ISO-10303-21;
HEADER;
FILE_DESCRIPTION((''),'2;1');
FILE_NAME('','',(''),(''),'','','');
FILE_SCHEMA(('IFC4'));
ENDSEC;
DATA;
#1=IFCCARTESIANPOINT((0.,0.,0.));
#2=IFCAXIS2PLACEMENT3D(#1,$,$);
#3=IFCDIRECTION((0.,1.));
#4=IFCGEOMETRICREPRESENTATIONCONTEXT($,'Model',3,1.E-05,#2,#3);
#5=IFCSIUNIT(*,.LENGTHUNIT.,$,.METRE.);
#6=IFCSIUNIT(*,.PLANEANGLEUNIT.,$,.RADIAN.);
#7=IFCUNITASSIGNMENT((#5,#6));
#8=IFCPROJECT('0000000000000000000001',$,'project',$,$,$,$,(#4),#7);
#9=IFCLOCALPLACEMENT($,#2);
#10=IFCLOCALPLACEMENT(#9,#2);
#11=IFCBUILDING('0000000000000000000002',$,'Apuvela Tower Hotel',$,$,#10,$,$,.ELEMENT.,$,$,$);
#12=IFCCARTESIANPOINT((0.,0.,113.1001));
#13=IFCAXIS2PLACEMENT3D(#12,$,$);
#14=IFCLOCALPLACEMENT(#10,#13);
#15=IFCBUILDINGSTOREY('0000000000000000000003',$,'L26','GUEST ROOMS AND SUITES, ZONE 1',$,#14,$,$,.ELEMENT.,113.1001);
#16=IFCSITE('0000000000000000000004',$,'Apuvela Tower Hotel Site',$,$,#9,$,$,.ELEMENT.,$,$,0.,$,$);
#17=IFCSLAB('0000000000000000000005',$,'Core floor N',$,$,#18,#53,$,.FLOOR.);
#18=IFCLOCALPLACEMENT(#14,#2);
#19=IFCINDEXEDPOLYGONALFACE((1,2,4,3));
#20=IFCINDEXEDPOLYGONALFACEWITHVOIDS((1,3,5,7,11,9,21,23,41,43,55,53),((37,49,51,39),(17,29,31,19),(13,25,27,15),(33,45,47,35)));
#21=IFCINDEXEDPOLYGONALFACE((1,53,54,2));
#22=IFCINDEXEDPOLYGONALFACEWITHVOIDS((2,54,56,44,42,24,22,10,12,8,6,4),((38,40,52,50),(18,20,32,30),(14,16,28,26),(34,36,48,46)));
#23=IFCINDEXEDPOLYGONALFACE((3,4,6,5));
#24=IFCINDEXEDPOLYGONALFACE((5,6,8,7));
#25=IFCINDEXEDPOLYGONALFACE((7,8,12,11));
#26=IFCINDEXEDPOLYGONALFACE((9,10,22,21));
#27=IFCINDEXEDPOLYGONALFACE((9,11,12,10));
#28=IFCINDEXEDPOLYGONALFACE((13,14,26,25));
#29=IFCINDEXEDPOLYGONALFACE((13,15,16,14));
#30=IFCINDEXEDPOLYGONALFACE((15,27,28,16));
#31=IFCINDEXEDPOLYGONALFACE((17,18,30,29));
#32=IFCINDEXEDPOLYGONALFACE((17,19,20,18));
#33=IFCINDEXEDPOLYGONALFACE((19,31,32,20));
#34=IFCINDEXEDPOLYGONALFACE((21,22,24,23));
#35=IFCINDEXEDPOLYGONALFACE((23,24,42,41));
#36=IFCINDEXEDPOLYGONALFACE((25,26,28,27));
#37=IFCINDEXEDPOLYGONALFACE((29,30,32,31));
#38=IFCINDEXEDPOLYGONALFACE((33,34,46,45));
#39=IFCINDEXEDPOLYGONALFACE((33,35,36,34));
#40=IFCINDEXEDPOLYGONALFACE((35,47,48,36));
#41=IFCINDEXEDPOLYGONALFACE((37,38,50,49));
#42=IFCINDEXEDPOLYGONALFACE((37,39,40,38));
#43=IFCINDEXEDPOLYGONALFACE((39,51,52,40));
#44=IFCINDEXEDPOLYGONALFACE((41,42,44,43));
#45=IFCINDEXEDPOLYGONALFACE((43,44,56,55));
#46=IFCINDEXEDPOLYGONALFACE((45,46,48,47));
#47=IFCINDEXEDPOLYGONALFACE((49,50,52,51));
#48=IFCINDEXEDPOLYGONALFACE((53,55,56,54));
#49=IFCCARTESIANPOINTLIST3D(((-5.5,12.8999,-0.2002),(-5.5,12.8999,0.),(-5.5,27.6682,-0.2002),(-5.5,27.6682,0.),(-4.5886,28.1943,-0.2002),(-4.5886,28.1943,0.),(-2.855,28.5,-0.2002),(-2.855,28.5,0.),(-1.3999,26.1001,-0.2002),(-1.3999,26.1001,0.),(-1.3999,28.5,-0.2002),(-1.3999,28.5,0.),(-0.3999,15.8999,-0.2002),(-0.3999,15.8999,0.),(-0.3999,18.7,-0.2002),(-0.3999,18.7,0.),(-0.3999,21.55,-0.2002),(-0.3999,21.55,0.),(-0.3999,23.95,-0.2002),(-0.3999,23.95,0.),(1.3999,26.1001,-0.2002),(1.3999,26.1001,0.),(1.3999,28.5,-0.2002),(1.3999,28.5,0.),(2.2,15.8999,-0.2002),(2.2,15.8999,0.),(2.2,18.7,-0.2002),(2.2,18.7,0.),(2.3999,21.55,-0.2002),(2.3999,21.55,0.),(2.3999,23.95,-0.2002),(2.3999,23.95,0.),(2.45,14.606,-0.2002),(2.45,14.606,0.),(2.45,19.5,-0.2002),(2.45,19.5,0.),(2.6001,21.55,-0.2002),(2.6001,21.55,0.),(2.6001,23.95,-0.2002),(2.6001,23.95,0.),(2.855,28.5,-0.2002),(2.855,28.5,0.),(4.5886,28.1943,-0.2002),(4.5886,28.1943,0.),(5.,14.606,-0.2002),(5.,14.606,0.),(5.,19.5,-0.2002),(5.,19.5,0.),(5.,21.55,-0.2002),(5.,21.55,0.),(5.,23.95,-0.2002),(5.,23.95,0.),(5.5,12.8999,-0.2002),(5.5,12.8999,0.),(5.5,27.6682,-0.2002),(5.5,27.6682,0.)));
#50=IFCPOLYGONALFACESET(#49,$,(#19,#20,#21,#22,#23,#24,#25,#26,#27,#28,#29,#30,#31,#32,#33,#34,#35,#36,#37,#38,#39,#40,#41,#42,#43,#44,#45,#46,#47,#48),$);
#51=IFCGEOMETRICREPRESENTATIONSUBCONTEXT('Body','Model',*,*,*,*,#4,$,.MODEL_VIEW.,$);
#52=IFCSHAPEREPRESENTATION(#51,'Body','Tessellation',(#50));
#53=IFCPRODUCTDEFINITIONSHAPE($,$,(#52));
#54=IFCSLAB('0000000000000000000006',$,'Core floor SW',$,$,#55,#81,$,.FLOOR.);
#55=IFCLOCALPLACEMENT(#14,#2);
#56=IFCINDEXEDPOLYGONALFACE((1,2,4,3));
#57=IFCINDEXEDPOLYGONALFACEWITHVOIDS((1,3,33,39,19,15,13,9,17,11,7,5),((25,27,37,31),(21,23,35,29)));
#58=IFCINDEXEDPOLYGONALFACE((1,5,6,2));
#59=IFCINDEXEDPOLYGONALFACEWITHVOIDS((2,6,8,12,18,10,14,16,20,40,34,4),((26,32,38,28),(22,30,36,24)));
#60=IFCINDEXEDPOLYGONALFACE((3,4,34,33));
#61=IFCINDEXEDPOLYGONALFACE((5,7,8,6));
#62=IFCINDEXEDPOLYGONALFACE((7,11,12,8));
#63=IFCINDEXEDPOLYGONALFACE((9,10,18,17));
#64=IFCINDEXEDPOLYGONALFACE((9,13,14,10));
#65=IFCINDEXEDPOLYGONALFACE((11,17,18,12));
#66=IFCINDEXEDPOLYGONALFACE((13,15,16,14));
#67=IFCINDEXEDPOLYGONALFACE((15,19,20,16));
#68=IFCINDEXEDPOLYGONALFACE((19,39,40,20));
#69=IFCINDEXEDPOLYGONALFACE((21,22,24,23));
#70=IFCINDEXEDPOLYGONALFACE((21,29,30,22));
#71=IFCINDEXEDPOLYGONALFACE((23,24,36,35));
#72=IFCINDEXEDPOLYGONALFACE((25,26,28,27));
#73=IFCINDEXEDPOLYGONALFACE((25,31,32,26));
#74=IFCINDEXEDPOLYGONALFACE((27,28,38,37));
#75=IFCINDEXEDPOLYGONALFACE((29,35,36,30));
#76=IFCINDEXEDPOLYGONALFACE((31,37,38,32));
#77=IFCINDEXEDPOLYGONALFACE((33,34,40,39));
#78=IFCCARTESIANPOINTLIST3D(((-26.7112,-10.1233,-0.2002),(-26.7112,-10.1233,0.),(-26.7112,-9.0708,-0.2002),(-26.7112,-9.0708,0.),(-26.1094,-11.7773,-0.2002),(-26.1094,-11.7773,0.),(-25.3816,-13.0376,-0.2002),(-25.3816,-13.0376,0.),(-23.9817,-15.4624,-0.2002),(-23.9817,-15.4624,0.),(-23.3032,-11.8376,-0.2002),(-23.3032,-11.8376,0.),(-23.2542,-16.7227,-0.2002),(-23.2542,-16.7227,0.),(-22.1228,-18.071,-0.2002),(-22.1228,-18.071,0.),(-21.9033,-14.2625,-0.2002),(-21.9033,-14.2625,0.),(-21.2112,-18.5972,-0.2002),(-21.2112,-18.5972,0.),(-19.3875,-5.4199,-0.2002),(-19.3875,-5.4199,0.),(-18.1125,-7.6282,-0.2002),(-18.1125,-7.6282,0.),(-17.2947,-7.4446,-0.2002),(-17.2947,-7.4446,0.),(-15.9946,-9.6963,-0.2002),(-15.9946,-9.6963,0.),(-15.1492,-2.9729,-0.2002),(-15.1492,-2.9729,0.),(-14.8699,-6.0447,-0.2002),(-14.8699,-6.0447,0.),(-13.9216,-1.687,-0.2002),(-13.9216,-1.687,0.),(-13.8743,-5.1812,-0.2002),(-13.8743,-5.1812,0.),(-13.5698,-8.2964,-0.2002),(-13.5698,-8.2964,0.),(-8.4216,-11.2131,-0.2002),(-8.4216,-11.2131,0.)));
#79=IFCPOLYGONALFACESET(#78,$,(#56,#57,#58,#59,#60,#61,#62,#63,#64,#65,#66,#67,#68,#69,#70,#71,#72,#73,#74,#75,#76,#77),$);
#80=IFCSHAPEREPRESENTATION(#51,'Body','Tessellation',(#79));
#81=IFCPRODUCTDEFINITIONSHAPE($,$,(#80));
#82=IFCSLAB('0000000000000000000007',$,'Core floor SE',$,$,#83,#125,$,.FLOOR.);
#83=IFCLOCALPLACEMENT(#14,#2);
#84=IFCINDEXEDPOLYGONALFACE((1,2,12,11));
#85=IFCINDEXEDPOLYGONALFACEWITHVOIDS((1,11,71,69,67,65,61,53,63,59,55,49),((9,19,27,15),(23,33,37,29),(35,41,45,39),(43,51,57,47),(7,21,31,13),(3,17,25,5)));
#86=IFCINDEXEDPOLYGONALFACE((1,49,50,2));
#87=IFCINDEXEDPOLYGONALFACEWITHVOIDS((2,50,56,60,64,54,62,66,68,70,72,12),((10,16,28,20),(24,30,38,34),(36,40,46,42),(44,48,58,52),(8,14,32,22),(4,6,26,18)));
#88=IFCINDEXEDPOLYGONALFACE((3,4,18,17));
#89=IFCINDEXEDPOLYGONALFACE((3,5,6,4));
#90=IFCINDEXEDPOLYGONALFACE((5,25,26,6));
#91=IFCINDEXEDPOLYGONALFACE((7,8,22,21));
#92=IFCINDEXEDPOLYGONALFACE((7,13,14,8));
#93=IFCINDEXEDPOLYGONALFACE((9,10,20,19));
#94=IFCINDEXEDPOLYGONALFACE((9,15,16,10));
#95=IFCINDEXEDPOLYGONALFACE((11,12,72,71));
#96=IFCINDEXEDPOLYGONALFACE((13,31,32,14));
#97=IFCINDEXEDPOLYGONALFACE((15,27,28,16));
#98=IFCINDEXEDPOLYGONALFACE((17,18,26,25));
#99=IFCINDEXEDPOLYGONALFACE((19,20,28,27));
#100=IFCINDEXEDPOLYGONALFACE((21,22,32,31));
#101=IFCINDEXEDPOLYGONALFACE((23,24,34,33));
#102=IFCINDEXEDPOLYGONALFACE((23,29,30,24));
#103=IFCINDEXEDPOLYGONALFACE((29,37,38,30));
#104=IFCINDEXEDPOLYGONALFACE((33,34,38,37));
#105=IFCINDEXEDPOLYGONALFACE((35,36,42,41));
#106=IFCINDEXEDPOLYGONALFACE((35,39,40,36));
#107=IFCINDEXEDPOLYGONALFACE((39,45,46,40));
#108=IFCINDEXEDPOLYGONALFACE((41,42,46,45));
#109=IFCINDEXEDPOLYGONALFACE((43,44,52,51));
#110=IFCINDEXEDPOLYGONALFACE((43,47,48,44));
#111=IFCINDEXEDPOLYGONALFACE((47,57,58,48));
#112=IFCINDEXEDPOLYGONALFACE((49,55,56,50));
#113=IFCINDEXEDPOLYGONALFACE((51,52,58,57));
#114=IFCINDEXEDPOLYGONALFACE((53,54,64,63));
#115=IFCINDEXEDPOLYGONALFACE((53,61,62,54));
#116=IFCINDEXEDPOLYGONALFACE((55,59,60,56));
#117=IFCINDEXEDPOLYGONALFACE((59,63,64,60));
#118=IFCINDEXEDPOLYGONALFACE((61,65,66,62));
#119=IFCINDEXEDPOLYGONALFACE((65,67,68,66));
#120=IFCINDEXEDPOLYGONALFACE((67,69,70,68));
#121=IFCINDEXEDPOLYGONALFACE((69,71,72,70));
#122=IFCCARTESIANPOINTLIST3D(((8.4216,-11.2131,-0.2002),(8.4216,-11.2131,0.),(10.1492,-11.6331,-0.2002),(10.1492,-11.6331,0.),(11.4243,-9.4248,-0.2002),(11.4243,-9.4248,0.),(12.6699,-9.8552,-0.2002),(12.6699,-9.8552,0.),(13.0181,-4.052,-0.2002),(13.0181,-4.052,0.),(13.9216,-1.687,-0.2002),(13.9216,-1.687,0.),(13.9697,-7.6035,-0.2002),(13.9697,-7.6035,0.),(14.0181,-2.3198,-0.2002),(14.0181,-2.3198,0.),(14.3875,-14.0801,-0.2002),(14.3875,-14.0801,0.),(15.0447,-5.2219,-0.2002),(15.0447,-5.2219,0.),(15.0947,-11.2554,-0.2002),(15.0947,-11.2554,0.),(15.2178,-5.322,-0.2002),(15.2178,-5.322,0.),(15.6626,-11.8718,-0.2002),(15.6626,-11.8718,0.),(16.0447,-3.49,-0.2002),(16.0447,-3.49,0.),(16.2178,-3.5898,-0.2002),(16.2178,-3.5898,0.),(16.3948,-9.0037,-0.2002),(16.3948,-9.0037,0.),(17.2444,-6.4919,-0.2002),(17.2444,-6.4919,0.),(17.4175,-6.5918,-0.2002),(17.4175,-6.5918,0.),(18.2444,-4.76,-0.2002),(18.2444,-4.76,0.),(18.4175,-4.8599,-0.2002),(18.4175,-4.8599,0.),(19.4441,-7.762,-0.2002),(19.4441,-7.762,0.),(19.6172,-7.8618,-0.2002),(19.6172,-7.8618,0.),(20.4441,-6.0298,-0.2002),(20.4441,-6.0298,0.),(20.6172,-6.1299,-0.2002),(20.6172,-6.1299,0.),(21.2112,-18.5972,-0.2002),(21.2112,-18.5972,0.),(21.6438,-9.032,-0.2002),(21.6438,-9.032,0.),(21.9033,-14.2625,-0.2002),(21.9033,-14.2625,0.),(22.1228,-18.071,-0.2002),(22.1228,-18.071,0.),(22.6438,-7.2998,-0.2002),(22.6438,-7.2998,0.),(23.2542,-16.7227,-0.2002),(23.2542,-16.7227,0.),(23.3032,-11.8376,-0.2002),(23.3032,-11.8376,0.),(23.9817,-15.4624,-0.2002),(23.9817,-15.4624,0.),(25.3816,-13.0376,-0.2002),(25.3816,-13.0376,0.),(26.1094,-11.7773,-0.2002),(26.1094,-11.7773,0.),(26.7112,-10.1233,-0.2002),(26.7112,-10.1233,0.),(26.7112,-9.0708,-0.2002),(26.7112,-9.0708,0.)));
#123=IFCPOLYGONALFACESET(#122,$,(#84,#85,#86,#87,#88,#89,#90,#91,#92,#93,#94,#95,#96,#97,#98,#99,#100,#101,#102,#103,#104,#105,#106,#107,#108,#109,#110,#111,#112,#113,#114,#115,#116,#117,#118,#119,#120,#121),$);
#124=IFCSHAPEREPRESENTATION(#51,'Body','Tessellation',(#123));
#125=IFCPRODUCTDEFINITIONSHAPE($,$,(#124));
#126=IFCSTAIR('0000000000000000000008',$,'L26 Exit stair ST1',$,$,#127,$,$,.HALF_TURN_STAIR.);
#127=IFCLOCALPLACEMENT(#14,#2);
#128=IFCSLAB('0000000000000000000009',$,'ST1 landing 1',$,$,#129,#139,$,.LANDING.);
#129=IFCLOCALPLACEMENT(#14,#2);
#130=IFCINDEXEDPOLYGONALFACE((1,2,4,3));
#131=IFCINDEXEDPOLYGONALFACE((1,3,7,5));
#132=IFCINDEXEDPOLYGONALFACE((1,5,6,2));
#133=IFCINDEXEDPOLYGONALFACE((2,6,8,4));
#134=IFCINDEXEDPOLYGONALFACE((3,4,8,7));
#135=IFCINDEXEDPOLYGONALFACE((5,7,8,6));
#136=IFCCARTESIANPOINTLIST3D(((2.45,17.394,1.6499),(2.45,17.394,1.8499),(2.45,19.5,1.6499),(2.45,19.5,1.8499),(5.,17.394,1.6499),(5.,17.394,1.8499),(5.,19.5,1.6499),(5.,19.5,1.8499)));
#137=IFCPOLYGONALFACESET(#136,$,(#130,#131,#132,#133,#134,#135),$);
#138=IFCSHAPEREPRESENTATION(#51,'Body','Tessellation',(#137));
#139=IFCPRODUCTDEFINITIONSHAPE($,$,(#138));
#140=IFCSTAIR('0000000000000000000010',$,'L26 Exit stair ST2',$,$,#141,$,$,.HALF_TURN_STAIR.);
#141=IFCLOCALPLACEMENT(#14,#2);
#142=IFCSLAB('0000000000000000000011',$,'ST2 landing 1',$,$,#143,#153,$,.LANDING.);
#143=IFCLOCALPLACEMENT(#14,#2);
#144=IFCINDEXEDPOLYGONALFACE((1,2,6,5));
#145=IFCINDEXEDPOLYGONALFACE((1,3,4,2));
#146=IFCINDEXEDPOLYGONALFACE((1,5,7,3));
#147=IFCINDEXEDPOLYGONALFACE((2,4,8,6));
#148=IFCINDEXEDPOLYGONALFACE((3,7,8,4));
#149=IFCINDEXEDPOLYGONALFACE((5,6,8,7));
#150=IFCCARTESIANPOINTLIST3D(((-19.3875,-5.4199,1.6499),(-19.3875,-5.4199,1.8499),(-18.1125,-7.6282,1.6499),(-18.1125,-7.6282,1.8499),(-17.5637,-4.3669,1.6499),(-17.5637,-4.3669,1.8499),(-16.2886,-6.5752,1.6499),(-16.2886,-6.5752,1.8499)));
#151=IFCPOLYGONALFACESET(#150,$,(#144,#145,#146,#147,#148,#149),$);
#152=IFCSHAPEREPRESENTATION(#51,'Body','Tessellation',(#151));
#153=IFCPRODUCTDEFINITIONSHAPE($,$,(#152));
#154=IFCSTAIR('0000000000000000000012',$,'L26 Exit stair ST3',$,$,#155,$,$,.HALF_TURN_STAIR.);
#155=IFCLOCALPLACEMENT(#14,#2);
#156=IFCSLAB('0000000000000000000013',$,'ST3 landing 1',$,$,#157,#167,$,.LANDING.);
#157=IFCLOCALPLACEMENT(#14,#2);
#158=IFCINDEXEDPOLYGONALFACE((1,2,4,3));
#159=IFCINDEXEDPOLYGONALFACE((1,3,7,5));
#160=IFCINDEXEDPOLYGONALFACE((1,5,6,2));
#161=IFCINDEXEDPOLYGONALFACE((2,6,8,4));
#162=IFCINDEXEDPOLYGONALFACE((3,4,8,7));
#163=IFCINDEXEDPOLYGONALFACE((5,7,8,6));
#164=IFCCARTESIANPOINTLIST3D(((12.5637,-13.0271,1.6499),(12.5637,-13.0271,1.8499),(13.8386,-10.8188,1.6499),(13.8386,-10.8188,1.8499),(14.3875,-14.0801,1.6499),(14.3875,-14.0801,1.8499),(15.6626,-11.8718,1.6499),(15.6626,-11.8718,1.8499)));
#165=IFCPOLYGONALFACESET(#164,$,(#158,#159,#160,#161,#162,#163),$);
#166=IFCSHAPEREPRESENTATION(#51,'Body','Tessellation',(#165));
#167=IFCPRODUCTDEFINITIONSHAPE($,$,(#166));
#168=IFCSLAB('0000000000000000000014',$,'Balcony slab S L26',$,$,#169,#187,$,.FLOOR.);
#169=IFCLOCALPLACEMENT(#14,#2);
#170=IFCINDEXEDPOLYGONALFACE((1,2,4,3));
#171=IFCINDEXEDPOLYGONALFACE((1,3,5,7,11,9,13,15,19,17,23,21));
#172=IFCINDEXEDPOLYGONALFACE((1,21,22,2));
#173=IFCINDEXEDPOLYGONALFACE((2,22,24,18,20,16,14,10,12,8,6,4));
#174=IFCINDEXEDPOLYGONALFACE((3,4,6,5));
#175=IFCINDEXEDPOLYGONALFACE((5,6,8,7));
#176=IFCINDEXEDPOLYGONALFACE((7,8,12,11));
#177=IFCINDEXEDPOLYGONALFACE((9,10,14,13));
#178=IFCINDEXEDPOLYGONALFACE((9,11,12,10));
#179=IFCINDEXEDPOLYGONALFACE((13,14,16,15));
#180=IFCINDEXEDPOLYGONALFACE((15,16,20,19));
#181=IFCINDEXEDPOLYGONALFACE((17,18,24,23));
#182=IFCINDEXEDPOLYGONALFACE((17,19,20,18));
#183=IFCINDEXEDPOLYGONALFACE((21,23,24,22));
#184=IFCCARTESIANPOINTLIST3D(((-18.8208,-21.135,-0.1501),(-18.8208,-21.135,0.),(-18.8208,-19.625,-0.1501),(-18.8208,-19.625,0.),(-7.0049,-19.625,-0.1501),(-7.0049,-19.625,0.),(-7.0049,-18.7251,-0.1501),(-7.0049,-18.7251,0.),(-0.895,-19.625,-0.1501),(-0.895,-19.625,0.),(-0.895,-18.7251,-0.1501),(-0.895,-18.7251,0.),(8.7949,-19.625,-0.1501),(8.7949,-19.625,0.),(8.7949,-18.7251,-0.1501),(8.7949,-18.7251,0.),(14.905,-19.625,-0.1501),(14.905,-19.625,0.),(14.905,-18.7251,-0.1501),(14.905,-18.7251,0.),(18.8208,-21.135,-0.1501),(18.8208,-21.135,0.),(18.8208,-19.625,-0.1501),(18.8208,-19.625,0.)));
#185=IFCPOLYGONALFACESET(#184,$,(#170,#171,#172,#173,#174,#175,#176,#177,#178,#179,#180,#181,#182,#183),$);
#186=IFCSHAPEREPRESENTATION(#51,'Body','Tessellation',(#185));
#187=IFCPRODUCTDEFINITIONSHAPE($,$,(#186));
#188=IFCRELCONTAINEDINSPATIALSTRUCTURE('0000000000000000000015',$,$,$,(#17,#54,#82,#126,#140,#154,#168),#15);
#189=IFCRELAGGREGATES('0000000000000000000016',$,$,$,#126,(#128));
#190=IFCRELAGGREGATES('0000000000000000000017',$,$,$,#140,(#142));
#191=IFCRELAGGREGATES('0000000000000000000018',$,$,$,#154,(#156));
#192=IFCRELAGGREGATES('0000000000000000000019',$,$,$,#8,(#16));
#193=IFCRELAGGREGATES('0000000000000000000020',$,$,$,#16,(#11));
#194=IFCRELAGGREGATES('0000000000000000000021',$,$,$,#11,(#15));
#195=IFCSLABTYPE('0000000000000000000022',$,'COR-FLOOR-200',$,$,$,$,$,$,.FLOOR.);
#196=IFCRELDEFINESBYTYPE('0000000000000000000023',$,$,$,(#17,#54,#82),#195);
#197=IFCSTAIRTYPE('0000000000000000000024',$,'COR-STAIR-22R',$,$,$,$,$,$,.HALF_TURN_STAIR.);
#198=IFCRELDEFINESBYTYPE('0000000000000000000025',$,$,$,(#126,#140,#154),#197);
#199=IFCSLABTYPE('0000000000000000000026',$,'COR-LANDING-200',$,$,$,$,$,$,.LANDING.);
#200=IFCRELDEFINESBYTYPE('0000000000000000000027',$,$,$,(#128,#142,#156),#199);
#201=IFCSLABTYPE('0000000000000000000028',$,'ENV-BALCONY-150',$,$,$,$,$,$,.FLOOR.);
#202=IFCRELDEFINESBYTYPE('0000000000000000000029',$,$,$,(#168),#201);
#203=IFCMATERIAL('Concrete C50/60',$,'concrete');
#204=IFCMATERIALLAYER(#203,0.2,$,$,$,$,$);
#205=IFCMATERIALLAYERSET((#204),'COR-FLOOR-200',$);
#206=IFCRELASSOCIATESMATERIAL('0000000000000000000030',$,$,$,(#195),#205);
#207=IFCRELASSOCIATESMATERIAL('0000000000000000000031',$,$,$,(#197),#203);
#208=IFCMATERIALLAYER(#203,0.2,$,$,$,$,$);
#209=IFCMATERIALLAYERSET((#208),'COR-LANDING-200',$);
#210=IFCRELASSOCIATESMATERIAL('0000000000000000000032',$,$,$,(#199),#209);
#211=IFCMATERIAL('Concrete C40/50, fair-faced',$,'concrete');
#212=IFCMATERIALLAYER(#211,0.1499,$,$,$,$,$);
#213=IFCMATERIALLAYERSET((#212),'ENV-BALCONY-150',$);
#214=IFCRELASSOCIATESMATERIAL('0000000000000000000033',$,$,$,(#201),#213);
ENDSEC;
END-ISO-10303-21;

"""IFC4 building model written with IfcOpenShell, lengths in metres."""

from ifc_helpers import new_model, si_unit, direction, frame, origin, place, context, subcontext, project, spatial, polyline, outline, extrude, material, layer, layer_set, type_object, element, aggregate, save


model = new_model("IFC4")

# Units and contexts
model_context = context("Model", 3, precision=1e-05, world=origin(), true_north=direction((0.0, 1.0)))
body_context = subcontext(model_context, "Body", "Model", "MODEL_VIEW")
ifc_project = project(units=[si_unit("LENGTHUNIT", "METRE"), si_unit("PLANEANGLEUNIT", "RADIAN")], contexts=[model_context])

# Site, building, storey
site_placement = place(None, origin())
site = spatial("IfcSite", under=ifc_project, at=site_placement, Name="Apuvela Tower Hotel Site", CompositionType="ELEMENT", RefElevation=0.0)
building_placement = place(site_placement, origin())
building = spatial("IfcBuilding", under=site, at=building_placement, Name="Apuvela Tower Hotel", CompositionType="ELEMENT")
storey_placement = place(building_placement, frame((0.0, 0.0, 113.1001)))
storey = spatial("IfcBuildingStorey", under=building, at=storey_placement, Name="L26", Description="GUEST ROOMS AND SUITES, ZONE 1", CompositionType="ELEMENT", Elevation=113.1001)

# Slabs
ifc_material_1 = material(Name="Concrete C50/60", Category="concrete")
ifc_layer_1 = layer(ifc_material_1, 0.2)
ifc_layer_set_1 = layer_set([ifc_layer_1], Name="COR-FLOOR-200")
slab_type_1 = type_object("IfcSlabType", Name="COR-FLOOR-200", PredefinedType="FLOOR", material=ifc_layer_set_1)
slab_1_placement = place(storey_placement, frame((0.0, 0.0, -0.2002)))
element("IfcSlab", 1, at=slab_1_placement, inside=storey, type_object=slab_type_1, Name="Core floor N", PredefinedType="FLOOR", context=body_context, shape_type="SweptSolid", body=[
    extrude(outline(polyline([(5.5, 27.6682), (4.5886, 28.1943), (2.855, 28.5), (1.3999, 28.5), (1.3999, 26.1001), (-1.3999, 26.1001), (-1.3999, 28.5), (-2.855, 28.5), (-4.5886, 28.1943), (-5.5, 27.6682), (-5.5, 12.8999), (5.5, 12.8999), (5.5, 27.6682)]), holes=[polyline([(5.0, 14.606), (2.45, 14.606), (2.45, 19.5), (5.0, 19.5), (5.0, 14.606)]), polyline([(2.2, 15.8999), (-0.3999, 15.8999), (-0.3999, 18.7), (2.2, 18.7), (2.2, 15.8999)]), polyline([(5.0, 21.55), (2.6001, 21.55), (2.6001, 23.95), (5.0, 23.95), (5.0, 21.55)]), polyline([(2.3999, 21.55), (-0.3999, 21.55), (-0.3999, 23.95), (2.3999, 23.95), (2.3999, 21.55)])]), origin(), (0.0, 0.0, 1.0), 0.2002),
])
slab_2_placement = place(storey_placement, frame((0.0, 0.0, -0.2002)))
element("IfcSlab", 2, at=slab_2_placement, inside=storey, type_object=slab_type_1, Name="Core floor SW", PredefinedType="FLOOR", context=body_context, shape_type="SweptSolid", body=[
    extrude(outline(polyline([(-26.7112, -9.0708), (-26.7112, -10.1233), (-26.1094, -11.7773), (-25.3816, -13.0376), (-23.3032, -11.8376), (-21.9033, -14.2625), (-23.9817, -15.4624), (-23.2542, -16.7227), (-22.1228, -18.071), (-21.2112, -18.5972), (-8.4216, -11.2131), (-13.9216, -1.687), (-26.7112, -9.0708)]), holes=[polyline([(-13.8743, -5.1812), (-18.1125, -7.6282), (-19.3875, -5.4199), (-15.1492, -2.9729), (-13.8743, -5.1812)]), polyline([(-13.5698, -8.2964), (-15.9946, -9.6963), (-17.2947, -7.4446), (-14.8699, -6.0447), (-13.5698, -8.2964)])]), origin(), (0.0, 0.0, 1.0), 0.2002),
])
slab_3_placement = place(storey_placement, frame((0.0, 0.0, -0.2002)))
element("IfcSlab", 3, at=slab_3_placement, inside=storey, type_object=slab_type_1, Name="Core floor SE", PredefinedType="FLOOR", context=body_context, shape_type="SweptSolid", body=[
    extrude(outline(polyline([(21.2112, -18.5972), (22.1228, -18.071), (23.2542, -16.7227), (23.9817, -15.4624), (21.9033, -14.2625), (23.3032, -11.8376), (25.3816, -13.0376), (26.1094, -11.7773), (26.7112, -10.1233), (26.7112, -9.0708), (13.9216, -1.687), (8.4216, -11.2131), (21.2112, -18.5972)]), holes=[polyline([(13.0181, -4.052), (14.0181, -2.3198), (16.0447, -3.49), (15.0447, -5.2219), (13.0181, -4.052)]), polyline([(17.2444, -6.4919), (15.2178, -5.322), (16.2178, -3.5898), (18.2444, -4.76), (17.2444, -6.4919)]), polyline([(14.3875, -14.0801), (10.1492, -11.6331), (11.4243, -9.4248), (15.6626, -11.8718), (14.3875, -14.0801)]), polyline([(12.6699, -9.8552), (13.9697, -7.6035), (16.3948, -9.0037), (15.0947, -11.2554), (12.6699, -9.8552)]), polyline([(19.4441, -7.762), (17.4175, -6.5918), (18.4175, -4.8599), (20.4441, -6.0298), (19.4441, -7.762)]), polyline([(21.6438, -9.032), (19.6172, -7.8618), (20.6172, -6.1299), (22.6438, -7.2998), (21.6438, -9.032)])]), origin(), (0.0, 0.0, 1.0), 0.2002),
])

# Stairs, slabs
stair_type = type_object("IfcStairType", Name="COR-STAIR-22R", PredefinedType="HALF_TURN_STAIR", material=ifc_material_1)
stair_1_placement = place(storey_placement, origin())
stair_1 = element("IfcStair", 4, at=stair_1_placement, inside=storey, type_object=stair_type, Name="L26 Exit stair ST1", PredefinedType="HALF_TURN_STAIR")
ifc_layer_2 = layer(ifc_material_1, 0.2)
ifc_layer_set_2 = layer_set([ifc_layer_2], Name="COR-LANDING-200")
slab_type_2 = type_object("IfcSlabType", Name="COR-LANDING-200", PredefinedType="LANDING", material=ifc_layer_set_2)
slab_4_placement = place(storey_placement, frame((0.0, 0.0, 1.6499)))
slab_4 = element("IfcSlab", 5, at=slab_4_placement, type_object=slab_type_2, Name="ST1 landing 1", PredefinedType="LANDING", context=body_context, shape_type="SweptSolid", body=[
    extrude(outline(polyline([(5.0, 17.394), (5.0, 19.5), (2.45, 19.5), (2.45, 17.394), (5.0, 17.394)])), origin(), (0.0, 0.0, 1.0), 0.2),
])
aggregate(stair_1, [slab_4])
stair_2_placement = place(storey_placement, origin())
stair_2 = element("IfcStair", 6, at=stair_2_placement, inside=storey, type_object=stair_type, Name="L26 Exit stair ST2", PredefinedType="HALF_TURN_STAIR")
slab_5_placement = place(storey_placement, frame((0.0, 0.0, 1.6499)))
slab_5 = element("IfcSlab", 7, at=slab_5_placement, type_object=slab_type_2, Name="ST2 landing 1", PredefinedType="LANDING", context=body_context, shape_type="SweptSolid", body=[
    extrude(outline(polyline([(-17.5637, -4.3669), (-19.3875, -5.4199), (-18.1125, -7.6282), (-16.2886, -6.5752), (-17.5637, -4.3669)])), origin(), (0.0, 0.0, 1.0), 0.2),
])
aggregate(stair_2, [slab_5])
stair_3_placement = place(storey_placement, origin())
stair_3 = element("IfcStair", 8, at=stair_3_placement, inside=storey, type_object=stair_type, Name="L26 Exit stair ST3", PredefinedType="HALF_TURN_STAIR")
slab_6_placement = place(storey_placement, frame((0.0, 0.0, 1.6499)))
slab_6 = element("IfcSlab", 9, at=slab_6_placement, type_object=slab_type_2, Name="ST3 landing 1", PredefinedType="LANDING", context=body_context, shape_type="SweptSolid", body=[
    extrude(outline(polyline([(12.5637, -13.0271), (14.3875, -14.0801), (15.6626, -11.8718), (13.8386, -10.8188), (12.5637, -13.0271)])), origin(), (0.0, 0.0, 1.0), 0.2),
])
aggregate(stair_3, [slab_6])

# Slab
ifc_material_2 = material(Name="Concrete C40/50, fair-faced", Category="concrete")
ifc_layer_3 = layer(ifc_material_2, 0.1499)
ifc_layer_set_3 = layer_set([ifc_layer_3], Name="ENV-BALCONY-150")
slab_type_3 = type_object("IfcSlabType", Name="ENV-BALCONY-150", PredefinedType="FLOOR", material=ifc_layer_set_3)
slab_7_placement = place(storey_placement, frame((0.0, 0.0, -0.1501)))
element("IfcSlab", 10, at=slab_7_placement, inside=storey, type_object=slab_type_3, Name="Balcony slab S L26", PredefinedType="FLOOR", context=body_context, shape_type="SweptSolid", body=[
    extrude(outline(polyline([(18.8208, -21.135), (-18.8208, -21.135), (-18.8208, -19.625), (-7.0049, -19.625), (-7.0049, -18.7251), (-0.895, -18.7251), (-0.895, -19.625), (8.7949, -19.625), (8.7949, -18.7251), (14.905, -18.7251), (14.905, -19.625), (18.8208, -19.625), (18.8208, -21.135)])), origin(), (0.0, 0.0, 1.0), 0.1501),
])

save(model, "model.ifc")
